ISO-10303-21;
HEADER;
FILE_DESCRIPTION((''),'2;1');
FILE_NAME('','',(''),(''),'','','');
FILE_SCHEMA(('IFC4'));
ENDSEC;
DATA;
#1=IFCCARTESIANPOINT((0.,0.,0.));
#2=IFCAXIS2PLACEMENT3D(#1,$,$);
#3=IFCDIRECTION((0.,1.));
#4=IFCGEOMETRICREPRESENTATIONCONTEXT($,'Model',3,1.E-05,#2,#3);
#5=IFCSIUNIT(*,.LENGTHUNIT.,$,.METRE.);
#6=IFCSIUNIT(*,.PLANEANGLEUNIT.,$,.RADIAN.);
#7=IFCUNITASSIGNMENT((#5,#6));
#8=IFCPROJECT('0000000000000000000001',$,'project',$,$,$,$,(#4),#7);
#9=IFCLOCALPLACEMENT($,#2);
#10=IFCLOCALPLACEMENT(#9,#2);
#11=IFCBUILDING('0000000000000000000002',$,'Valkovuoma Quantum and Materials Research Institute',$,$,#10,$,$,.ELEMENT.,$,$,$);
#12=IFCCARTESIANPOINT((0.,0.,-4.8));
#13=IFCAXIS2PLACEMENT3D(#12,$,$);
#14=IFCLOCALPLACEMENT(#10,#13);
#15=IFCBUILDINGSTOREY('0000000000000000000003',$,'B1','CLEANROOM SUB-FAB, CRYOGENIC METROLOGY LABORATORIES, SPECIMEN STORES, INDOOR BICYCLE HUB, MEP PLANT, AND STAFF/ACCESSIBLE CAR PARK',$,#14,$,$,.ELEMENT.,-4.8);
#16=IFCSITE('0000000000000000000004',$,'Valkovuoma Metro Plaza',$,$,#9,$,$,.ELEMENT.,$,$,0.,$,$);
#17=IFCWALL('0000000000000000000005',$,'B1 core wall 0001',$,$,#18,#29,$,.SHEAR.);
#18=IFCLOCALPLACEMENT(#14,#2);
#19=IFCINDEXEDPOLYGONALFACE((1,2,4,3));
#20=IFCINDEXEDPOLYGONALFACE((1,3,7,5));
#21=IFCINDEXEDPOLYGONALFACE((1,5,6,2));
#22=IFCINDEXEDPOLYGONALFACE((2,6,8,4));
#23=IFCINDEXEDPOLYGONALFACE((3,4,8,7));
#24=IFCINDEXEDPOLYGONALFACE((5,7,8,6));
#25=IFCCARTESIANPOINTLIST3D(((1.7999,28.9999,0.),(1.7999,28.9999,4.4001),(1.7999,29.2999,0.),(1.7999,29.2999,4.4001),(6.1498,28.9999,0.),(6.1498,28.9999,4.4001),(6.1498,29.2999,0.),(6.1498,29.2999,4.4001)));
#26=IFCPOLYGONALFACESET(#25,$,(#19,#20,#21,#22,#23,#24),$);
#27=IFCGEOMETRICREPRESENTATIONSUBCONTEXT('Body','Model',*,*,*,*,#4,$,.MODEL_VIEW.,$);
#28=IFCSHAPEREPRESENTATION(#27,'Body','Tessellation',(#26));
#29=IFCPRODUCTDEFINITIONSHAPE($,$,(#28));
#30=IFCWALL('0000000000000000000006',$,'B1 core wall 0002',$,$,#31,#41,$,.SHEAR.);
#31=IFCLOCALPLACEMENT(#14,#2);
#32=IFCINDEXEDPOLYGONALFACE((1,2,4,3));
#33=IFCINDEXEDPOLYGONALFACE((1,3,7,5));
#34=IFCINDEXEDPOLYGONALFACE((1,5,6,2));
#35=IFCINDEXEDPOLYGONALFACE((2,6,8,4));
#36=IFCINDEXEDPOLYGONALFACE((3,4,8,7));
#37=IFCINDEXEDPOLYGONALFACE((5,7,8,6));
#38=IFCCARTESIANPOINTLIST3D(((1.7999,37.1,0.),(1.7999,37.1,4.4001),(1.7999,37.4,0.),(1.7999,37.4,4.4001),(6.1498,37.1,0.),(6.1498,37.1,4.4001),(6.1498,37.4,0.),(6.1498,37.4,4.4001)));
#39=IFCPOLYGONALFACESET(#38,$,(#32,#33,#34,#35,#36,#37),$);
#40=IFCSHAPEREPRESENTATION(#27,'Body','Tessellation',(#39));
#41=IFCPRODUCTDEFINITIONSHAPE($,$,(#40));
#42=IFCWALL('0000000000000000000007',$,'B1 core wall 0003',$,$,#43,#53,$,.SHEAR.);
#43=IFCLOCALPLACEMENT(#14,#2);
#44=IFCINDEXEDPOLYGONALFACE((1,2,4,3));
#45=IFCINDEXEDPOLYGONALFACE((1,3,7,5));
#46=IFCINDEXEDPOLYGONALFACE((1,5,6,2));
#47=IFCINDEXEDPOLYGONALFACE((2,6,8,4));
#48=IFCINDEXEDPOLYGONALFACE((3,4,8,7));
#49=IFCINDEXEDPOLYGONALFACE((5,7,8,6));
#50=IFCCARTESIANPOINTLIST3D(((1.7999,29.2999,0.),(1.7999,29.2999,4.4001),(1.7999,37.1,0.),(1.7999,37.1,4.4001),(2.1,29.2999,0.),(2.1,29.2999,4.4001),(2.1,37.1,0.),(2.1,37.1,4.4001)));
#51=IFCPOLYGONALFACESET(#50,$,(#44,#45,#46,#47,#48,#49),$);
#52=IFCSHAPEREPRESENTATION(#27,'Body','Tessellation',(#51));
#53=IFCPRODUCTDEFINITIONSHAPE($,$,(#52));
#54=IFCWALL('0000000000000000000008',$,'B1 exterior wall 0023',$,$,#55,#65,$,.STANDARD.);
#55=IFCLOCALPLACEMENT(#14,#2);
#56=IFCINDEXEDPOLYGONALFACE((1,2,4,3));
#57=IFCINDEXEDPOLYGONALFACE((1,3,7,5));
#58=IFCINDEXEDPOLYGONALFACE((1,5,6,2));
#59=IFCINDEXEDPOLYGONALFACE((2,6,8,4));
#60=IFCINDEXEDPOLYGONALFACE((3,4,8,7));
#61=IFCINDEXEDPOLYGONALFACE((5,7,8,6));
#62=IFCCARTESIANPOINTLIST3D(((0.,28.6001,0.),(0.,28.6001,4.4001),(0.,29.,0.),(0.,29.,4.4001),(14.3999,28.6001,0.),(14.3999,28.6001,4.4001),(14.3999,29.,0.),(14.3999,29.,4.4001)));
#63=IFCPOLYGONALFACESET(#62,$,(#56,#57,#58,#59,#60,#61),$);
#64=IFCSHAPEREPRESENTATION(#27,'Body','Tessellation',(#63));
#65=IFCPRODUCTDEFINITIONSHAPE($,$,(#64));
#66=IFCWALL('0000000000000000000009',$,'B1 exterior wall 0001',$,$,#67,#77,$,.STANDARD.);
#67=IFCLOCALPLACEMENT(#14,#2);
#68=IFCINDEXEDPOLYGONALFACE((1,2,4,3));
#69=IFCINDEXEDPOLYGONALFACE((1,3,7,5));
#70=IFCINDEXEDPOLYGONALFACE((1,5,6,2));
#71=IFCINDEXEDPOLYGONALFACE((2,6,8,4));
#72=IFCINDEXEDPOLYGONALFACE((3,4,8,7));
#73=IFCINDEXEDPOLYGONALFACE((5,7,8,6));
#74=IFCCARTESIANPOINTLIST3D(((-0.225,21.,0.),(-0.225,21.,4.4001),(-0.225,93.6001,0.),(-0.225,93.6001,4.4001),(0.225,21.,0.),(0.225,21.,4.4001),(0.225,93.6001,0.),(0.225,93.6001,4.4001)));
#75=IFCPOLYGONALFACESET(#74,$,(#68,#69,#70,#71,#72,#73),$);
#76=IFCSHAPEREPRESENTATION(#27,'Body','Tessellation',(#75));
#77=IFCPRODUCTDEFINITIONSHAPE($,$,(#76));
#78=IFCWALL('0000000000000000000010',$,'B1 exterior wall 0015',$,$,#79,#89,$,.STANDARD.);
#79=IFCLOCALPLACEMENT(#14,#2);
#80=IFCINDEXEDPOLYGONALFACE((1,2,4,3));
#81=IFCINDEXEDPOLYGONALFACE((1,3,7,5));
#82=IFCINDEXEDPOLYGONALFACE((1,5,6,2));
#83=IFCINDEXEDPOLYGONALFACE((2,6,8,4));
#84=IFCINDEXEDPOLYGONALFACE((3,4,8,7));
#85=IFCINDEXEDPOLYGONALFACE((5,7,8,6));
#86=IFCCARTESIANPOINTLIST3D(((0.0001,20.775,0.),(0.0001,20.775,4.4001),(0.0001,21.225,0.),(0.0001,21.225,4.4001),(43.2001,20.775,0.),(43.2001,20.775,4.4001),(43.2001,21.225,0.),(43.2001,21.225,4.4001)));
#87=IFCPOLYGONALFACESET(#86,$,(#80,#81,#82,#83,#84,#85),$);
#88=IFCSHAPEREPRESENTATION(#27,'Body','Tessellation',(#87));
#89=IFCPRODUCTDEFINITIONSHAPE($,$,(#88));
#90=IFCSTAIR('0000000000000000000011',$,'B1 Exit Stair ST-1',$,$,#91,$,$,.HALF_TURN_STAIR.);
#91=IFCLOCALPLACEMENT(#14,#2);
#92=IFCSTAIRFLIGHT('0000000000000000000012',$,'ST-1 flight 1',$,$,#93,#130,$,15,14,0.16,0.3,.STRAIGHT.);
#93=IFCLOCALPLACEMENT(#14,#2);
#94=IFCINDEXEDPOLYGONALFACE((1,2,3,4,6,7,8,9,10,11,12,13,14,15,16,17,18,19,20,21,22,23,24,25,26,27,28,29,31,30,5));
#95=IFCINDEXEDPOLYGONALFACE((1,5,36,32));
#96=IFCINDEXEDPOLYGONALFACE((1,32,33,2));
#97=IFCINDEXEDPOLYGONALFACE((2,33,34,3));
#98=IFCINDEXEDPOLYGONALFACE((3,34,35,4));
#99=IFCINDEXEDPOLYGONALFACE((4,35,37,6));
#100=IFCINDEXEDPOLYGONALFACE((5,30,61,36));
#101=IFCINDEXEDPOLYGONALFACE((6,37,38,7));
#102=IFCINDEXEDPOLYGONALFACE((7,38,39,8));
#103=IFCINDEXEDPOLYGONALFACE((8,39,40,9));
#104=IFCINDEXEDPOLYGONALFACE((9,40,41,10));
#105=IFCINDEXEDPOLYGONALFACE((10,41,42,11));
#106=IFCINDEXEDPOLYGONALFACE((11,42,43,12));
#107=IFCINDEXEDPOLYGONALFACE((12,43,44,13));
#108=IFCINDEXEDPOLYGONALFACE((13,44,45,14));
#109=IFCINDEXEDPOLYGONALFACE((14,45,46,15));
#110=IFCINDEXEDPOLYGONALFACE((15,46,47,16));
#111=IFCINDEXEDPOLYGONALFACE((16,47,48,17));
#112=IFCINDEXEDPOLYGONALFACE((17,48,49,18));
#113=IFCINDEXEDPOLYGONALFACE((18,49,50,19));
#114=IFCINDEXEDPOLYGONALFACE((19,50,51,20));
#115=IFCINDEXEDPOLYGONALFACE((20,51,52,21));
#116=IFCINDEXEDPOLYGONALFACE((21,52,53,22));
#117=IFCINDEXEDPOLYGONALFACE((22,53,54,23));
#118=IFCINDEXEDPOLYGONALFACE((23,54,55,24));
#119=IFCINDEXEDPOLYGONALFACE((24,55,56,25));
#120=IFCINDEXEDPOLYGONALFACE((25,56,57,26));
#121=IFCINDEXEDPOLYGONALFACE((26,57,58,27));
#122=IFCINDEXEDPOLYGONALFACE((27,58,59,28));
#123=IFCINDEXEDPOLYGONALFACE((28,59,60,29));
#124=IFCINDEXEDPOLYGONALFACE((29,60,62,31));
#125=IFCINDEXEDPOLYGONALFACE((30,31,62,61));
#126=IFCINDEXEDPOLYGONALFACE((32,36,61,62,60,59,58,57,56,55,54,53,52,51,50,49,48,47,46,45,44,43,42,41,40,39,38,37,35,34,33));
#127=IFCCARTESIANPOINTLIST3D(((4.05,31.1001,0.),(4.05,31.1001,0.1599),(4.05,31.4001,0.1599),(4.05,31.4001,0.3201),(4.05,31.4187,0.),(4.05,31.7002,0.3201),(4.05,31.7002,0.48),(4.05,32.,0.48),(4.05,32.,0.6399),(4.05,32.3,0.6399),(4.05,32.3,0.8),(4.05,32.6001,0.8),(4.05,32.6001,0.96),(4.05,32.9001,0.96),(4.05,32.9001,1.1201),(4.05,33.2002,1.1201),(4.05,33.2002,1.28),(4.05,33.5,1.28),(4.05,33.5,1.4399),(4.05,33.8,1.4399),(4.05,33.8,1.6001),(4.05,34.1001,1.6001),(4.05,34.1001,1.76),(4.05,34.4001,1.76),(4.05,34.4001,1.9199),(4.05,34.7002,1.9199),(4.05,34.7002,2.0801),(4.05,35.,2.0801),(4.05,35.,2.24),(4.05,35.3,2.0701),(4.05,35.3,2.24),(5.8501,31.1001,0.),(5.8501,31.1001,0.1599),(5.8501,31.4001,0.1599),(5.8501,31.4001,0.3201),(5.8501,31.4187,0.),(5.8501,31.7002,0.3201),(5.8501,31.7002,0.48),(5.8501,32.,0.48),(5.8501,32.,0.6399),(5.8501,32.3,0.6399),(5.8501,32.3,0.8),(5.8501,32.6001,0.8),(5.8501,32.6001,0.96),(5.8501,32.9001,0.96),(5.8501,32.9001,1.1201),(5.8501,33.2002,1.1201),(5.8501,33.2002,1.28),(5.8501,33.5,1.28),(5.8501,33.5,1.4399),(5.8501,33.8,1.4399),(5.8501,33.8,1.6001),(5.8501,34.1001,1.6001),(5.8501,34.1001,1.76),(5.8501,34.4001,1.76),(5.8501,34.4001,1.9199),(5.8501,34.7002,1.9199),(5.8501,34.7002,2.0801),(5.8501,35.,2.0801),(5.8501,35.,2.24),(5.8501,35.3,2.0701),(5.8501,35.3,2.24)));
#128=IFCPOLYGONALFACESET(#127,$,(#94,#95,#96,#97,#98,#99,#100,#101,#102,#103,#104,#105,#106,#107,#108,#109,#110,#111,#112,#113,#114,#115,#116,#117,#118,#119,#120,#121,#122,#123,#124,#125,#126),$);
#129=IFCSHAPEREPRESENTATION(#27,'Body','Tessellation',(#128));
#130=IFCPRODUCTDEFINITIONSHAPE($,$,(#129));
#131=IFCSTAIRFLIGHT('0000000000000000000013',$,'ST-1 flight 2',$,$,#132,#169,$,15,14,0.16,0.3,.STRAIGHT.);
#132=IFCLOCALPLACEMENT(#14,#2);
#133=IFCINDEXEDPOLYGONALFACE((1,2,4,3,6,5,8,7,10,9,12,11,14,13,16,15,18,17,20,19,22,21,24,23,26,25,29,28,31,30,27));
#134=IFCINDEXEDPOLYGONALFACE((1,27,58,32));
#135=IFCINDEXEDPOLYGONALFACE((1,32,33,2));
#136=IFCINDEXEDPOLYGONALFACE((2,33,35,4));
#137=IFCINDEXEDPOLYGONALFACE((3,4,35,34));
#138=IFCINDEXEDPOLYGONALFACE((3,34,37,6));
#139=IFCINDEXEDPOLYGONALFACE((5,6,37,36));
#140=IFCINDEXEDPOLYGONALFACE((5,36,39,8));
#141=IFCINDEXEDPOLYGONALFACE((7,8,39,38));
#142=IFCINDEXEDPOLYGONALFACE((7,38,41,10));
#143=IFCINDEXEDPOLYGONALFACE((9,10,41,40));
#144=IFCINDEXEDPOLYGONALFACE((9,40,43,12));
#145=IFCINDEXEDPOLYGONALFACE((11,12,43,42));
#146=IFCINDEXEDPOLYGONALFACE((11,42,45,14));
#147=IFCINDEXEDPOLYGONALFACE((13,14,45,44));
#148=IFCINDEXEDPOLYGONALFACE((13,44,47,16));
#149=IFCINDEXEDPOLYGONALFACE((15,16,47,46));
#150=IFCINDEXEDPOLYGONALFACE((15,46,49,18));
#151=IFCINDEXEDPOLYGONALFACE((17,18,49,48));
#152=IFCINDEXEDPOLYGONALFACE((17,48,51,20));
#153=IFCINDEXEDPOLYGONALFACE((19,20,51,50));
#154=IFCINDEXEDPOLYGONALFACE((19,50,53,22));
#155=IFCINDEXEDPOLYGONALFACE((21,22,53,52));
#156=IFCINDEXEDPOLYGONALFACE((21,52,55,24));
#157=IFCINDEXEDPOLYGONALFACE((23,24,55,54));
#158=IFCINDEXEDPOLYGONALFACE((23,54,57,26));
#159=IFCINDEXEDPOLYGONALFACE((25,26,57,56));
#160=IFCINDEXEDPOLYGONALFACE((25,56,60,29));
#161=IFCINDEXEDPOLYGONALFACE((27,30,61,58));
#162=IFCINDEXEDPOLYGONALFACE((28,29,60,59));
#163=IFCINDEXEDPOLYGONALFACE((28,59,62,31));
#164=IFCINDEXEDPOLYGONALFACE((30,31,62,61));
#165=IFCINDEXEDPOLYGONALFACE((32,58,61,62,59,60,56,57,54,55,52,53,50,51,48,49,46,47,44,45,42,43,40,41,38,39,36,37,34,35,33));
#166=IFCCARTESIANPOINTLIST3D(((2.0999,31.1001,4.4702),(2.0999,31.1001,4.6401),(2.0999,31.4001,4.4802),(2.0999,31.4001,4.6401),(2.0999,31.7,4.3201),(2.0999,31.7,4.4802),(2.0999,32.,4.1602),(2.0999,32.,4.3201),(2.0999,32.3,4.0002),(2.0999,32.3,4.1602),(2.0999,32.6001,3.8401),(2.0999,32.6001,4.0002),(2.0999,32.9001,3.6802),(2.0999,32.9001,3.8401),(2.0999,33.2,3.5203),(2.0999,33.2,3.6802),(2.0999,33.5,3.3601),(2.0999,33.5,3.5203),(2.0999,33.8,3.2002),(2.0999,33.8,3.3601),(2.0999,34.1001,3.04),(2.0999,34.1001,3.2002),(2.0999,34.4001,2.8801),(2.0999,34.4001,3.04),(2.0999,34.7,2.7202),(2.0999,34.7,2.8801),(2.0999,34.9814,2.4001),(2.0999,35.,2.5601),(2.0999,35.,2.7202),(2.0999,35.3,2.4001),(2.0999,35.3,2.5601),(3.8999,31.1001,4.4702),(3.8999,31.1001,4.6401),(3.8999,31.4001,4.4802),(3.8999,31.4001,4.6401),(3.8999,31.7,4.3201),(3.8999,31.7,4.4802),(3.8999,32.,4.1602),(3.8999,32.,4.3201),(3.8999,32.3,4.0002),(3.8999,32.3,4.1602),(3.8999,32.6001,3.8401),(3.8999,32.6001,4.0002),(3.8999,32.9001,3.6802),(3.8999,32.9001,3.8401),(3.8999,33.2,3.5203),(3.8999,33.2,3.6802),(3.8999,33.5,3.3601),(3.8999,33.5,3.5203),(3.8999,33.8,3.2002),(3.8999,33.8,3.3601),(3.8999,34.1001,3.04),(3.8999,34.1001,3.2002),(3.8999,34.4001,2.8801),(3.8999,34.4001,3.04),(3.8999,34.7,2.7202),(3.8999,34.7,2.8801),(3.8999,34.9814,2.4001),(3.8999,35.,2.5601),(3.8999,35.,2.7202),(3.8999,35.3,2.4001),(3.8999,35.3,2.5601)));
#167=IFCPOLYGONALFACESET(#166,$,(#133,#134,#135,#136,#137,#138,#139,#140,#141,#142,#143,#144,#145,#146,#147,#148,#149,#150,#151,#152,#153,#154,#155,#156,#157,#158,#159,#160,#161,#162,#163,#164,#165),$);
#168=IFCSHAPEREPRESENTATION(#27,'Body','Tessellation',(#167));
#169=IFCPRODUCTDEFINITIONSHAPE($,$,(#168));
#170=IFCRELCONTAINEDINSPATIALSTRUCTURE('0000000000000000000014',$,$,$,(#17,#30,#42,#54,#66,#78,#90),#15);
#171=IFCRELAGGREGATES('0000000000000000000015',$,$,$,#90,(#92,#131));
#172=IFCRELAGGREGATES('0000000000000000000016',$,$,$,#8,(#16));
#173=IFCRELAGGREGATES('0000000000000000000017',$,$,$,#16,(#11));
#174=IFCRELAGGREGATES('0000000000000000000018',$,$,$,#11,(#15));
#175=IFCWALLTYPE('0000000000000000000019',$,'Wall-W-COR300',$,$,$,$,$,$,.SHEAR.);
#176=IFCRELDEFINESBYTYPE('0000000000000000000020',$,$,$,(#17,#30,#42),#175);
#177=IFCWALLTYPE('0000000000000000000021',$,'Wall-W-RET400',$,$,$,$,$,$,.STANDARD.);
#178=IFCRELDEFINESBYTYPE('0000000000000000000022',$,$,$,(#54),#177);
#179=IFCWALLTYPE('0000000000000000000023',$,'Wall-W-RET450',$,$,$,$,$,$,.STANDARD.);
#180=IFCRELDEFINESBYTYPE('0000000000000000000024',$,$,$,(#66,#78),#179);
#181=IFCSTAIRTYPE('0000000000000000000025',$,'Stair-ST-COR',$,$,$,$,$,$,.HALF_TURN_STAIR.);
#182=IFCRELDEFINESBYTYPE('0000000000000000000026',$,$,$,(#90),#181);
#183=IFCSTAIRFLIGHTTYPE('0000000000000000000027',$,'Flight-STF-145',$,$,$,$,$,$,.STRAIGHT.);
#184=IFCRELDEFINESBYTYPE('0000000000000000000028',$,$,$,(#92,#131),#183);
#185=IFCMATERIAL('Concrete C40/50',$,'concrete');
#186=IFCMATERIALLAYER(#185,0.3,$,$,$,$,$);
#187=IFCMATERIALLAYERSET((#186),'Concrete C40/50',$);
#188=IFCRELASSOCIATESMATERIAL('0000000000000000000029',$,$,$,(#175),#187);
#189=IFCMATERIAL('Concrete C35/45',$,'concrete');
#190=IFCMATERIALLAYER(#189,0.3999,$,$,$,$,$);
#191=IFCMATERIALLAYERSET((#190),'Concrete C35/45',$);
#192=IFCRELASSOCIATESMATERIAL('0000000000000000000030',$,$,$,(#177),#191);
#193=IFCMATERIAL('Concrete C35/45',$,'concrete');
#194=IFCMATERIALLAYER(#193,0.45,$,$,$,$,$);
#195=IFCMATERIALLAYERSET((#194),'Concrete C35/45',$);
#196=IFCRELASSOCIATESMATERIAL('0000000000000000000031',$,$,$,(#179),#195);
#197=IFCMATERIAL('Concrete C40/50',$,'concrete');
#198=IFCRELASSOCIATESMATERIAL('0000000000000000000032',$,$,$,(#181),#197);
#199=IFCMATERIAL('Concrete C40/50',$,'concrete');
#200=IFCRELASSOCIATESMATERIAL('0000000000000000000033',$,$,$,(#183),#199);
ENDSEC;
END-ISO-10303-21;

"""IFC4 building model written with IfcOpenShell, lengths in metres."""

from ifc_helpers import new_model, si_unit, direction, frame, frame_2d, origin, place, context, subcontext, project, spatial, polyline, rectangle, outline, extrude, material, layer, layer_set, type_object, element, aggregate, save


model = new_model("IFC4")

# Units and contexts
model_context = context("Model", 3, precision=1e-05, world=origin(), true_north=direction((0.0, 1.0)))
body_context = subcontext(model_context, "Body", "Model", "MODEL_VIEW")
ifc_project = project(units=[si_unit("LENGTHUNIT", "METRE"), si_unit("PLANEANGLEUNIT", "RADIAN")], contexts=[model_context])

# Site, building, storey
site_placement = place(None, origin())
site = spatial("IfcSite", under=ifc_project, at=site_placement, Name="Valkovuoma Metro Plaza", CompositionType="ELEMENT", RefElevation=0.0)
building_placement = place(site_placement, origin())
building = spatial("IfcBuilding", under=site, at=building_placement, Name="Valkovuoma Quantum and Materials Research Institute", CompositionType="ELEMENT")
storey_placement = place(building_placement, frame((0.0, 0.0, -4.8)))
storey = spatial("IfcBuildingStorey", under=building, at=storey_placement, Name="B1", Description="CLEANROOM SUB-FAB, CRYOGENIC METROLOGY LABORATORIES, SPECIMEN STORES, INDOOR BICYCLE HUB, MEP PLANT, AND STAFF/ACCESSIBLE CAR PARK", CompositionType="ELEMENT", Elevation=-4.8)

# Walls
ifc_material_1 = material(Name="Concrete C40/50", Category="concrete")
ifc_layer_1 = layer(ifc_material_1, 0.3)
ifc_layer_set_1 = layer_set([ifc_layer_1], Name="Concrete C40/50")
wall_type_1 = type_object("IfcWallType", Name="Wall-W-COR300", PredefinedType="SHEAR", material=ifc_layer_set_1)
for number, where, z_axis, x_axis, name in (
    (1, (1.8, 29.1499, 0.0), (0.0, 0.0, 1.0), (1.0, 0.0, 0.0), "B1 core wall 0001"),
    (2, (1.8, 37.25, 0.0), (0.0, 0.0, 1.0), (1.0, 0.0, 0.0), "B1 core wall 0002"),
):
    element("IfcWall", number, at=place(storey_placement, frame(where, z_axis=z_axis, x_axis=x_axis)), inside=storey, type_object=wall_type_1, Name=name, PredefinedType="SHEAR", context=body_context, shape_type="SweptSolid", body=[
        extrude(rectangle(XDim=4.3499, YDim=0.3, at=frame_2d((2.1748, 0.0))), origin(), (0.0, 0.0, 1.0), 4.4001),
    ])
wall_1_placement = place(storey_placement, frame((1.95, 29.3, 0.0), z_axis=(0.0, 0.0, 1.0), x_axis=(0.0, 1.0, 0.0)))
element("IfcWall", 3, at=wall_1_placement, inside=storey, type_object=wall_type_1, Name="B1 core wall 0003", PredefinedType="SHEAR", context=body_context, shape_type="SweptSolid", body=[
    extrude(rectangle(XDim=7.8, YDim=0.3, at=frame_2d((3.8999, 0.0))), origin(), (0.0, 0.0, 1.0), 4.4001),
])
ifc_material_2 = material(Name="Concrete C35/45", Category="concrete")
ifc_layer_2 = layer(ifc_material_2, 0.3999)
ifc_layer_set_2 = layer_set([ifc_layer_2], Name="Concrete C35/45")
wall_type_2 = type_object("IfcWallType", Name="Wall-W-RET400", PredefinedType="STANDARD", material=ifc_layer_set_2)
wall_2_placement = place(storey_placement, frame((0.0, 28.8, 0.0), z_axis=(0.0, 0.0, 1.0), x_axis=(1.0, 0.0, 0.0)))
element("IfcWall", 4, at=wall_2_placement, inside=storey, type_object=wall_type_2, Name="B1 exterior wall 0023", PredefinedType="STANDARD", context=body_context, shape_type="SweptSolid", body=[
    extrude(rectangle(XDim=14.3999, YDim=0.3999, at=frame_2d((7.2, 0.0))), origin(), (0.0, 0.0, 1.0), 4.4001),
])
ifc_material_3 = material(Name="Concrete C35/45", Category="concrete")
ifc_layer_3 = layer(ifc_material_3, 0.45)
ifc_layer_set_3 = layer_set([ifc_layer_3], Name="Concrete C35/45")
wall_type_3 = type_object("IfcWallType", Name="Wall-W-RET450", PredefinedType="STANDARD", material=ifc_layer_set_3)
wall_3_placement = place(storey_placement, frame((0.0, 21.0, 0.0), z_axis=(0.0, 0.0, 1.0), x_axis=(0.0, 1.0, 0.0)))
element("IfcWall", 5, at=wall_3_placement, inside=storey, type_object=wall_type_3, Name="B1 exterior wall 0001", PredefinedType="STANDARD", context=body_context, shape_type="SweptSolid", body=[
    extrude(rectangle(XDim=72.6001, YDim=0.45, at=frame_2d((36.3, 0.0))), origin(), (0.0, 0.0, 1.0), 4.4001),
])
wall_4_placement = place(storey_placement, frame((0.0, 21.0, 0.0), z_axis=(0.0, 0.0, 1.0), x_axis=(1.0, 0.0, 0.0)))
element("IfcWall", 6, at=wall_4_placement, inside=storey, type_object=wall_type_3, Name="B1 exterior wall 0015", PredefinedType="STANDARD", context=body_context, shape_type="SweptSolid", body=[
    extrude(rectangle(XDim=43.2, YDim=0.45, at=frame_2d((21.6001, 0.0))), origin(), (0.0, 0.0, 1.0), 4.4001),
])

# Stair, stair flights
ifc_material_4 = material(Name="Concrete C40/50", Category="concrete")
stair_type = type_object("IfcStairType", Name="Stair-ST-COR", PredefinedType="HALF_TURN_STAIR", material=ifc_material_4)
stair_placement = place(storey_placement, origin())
stair = element("IfcStair", 7, at=stair_placement, inside=storey, type_object=stair_type, Name="B1 Exit Stair ST-1", PredefinedType="HALF_TURN_STAIR")
ifc_material_5 = material(Name="Concrete C40/50", Category="concrete")
stair_flight_type = type_object("IfcStairFlightType", Name="Flight-STF-145", PredefinedType="STRAIGHT", material=ifc_material_5)
stair_flight_1_placement = place(storey_placement, frame((4.95, 31.1001, 0.0), z_axis=(0.0, 0.0, 1.0), x_axis=(0.0, 1.0, 0.0)))
stair_flight_1 = element("IfcStairFlight", 8, at=stair_flight_1_placement, type_object=stair_flight_type, Name="ST-1 flight 1", NumberOfRisers=15, NumberOfTreads=14, PredefinedType="STRAIGHT", RiserHeight=0.16, TreadLength=0.3, context=body_context, shape_type="SweptSolid", body=[
    extrude(outline(polyline([(0.0, 0.0), (0.0, 0.1599), (0.3, 0.1599), (0.3, 0.3201), (0.6001, 0.3201), (0.6001, 0.48), (0.8999, 0.48), (0.8999, 0.6399), (1.2, 0.6399), (1.2, 0.8), (1.5, 0.8), (1.5, 0.96), (1.8, 0.96), (1.8, 1.1201), (2.1001, 1.1201), (2.1001, 1.28), (2.3999, 1.28), (2.3999, 1.4399), (2.7, 1.4399), (2.7, 1.6001), (3.0, 1.6001), (3.0, 1.76), (3.3, 1.76), (3.3, 1.9199), (3.6001, 1.9199), (3.6001, 2.0801), (3.8999, 2.0801), (3.8999, 2.24), (4.2, 2.24), (4.2, 2.3999), (4.2, 2.0701), (0.3186, 0.0), (0.0, 0.0)])), frame((0.0, 0.8999, 0.0), z_axis=(0.0, -1.0, 0.0), x_axis=(1.0, 0.0, 0.0)), (0.0, 0.0, 1.0), 1.8),
])
stair_flight_2_placement = place(storey_placement, frame((3.0, 35.3, 2.4001), z_axis=(0.0, 0.0, 1.0), x_axis=(0.0, -1.0, 0.0)))
stair_flight_2 = element("IfcStairFlight", 9, at=stair_flight_2_placement, type_object=stair_flight_type, Name="ST-1 flight 2", NumberOfRisers=15, NumberOfTreads=14, PredefinedType="STRAIGHT", RiserHeight=0.16, TreadLength=0.3, context=body_context, shape_type="SweptSolid", body=[
    extrude(outline(polyline([(0.0, 0.0), (0.0, 0.1599), (0.3, 0.1599), (0.3, 0.3201), (0.6001, 0.3201), (0.6001, 0.48), (0.8999, 0.48), (0.8999, 0.6399), (1.2, 0.6399), (1.2, 0.8), (1.5, 0.8), (1.5, 0.96), (1.8, 0.96), (1.8, 1.1201), (2.1001, 1.1201), (2.1001, 1.28), (2.3999, 1.28), (2.3999, 1.4399), (2.7, 1.4399), (2.7, 1.6001), (3.0, 1.6001), (3.0, 1.76), (3.3, 1.76), (3.3, 1.9199), (3.6001, 1.9199), (3.6001, 2.0801), (3.8999, 2.0801), (3.8999, 2.24), (4.2, 2.24), (4.2, 2.3999), (4.2, 2.0701), (0.3186, 0.0), (0.0, 0.0)])), frame((0.0, 0.8999, 0.0), z_axis=(0.0, -1.0, 0.0), x_axis=(1.0, 0.0, 0.0)), (0.0, 0.0, 1.0), 1.8),
])
aggregate(stair, [stair_flight_1, stair_flight_2])

save(model, "model.ifc")
